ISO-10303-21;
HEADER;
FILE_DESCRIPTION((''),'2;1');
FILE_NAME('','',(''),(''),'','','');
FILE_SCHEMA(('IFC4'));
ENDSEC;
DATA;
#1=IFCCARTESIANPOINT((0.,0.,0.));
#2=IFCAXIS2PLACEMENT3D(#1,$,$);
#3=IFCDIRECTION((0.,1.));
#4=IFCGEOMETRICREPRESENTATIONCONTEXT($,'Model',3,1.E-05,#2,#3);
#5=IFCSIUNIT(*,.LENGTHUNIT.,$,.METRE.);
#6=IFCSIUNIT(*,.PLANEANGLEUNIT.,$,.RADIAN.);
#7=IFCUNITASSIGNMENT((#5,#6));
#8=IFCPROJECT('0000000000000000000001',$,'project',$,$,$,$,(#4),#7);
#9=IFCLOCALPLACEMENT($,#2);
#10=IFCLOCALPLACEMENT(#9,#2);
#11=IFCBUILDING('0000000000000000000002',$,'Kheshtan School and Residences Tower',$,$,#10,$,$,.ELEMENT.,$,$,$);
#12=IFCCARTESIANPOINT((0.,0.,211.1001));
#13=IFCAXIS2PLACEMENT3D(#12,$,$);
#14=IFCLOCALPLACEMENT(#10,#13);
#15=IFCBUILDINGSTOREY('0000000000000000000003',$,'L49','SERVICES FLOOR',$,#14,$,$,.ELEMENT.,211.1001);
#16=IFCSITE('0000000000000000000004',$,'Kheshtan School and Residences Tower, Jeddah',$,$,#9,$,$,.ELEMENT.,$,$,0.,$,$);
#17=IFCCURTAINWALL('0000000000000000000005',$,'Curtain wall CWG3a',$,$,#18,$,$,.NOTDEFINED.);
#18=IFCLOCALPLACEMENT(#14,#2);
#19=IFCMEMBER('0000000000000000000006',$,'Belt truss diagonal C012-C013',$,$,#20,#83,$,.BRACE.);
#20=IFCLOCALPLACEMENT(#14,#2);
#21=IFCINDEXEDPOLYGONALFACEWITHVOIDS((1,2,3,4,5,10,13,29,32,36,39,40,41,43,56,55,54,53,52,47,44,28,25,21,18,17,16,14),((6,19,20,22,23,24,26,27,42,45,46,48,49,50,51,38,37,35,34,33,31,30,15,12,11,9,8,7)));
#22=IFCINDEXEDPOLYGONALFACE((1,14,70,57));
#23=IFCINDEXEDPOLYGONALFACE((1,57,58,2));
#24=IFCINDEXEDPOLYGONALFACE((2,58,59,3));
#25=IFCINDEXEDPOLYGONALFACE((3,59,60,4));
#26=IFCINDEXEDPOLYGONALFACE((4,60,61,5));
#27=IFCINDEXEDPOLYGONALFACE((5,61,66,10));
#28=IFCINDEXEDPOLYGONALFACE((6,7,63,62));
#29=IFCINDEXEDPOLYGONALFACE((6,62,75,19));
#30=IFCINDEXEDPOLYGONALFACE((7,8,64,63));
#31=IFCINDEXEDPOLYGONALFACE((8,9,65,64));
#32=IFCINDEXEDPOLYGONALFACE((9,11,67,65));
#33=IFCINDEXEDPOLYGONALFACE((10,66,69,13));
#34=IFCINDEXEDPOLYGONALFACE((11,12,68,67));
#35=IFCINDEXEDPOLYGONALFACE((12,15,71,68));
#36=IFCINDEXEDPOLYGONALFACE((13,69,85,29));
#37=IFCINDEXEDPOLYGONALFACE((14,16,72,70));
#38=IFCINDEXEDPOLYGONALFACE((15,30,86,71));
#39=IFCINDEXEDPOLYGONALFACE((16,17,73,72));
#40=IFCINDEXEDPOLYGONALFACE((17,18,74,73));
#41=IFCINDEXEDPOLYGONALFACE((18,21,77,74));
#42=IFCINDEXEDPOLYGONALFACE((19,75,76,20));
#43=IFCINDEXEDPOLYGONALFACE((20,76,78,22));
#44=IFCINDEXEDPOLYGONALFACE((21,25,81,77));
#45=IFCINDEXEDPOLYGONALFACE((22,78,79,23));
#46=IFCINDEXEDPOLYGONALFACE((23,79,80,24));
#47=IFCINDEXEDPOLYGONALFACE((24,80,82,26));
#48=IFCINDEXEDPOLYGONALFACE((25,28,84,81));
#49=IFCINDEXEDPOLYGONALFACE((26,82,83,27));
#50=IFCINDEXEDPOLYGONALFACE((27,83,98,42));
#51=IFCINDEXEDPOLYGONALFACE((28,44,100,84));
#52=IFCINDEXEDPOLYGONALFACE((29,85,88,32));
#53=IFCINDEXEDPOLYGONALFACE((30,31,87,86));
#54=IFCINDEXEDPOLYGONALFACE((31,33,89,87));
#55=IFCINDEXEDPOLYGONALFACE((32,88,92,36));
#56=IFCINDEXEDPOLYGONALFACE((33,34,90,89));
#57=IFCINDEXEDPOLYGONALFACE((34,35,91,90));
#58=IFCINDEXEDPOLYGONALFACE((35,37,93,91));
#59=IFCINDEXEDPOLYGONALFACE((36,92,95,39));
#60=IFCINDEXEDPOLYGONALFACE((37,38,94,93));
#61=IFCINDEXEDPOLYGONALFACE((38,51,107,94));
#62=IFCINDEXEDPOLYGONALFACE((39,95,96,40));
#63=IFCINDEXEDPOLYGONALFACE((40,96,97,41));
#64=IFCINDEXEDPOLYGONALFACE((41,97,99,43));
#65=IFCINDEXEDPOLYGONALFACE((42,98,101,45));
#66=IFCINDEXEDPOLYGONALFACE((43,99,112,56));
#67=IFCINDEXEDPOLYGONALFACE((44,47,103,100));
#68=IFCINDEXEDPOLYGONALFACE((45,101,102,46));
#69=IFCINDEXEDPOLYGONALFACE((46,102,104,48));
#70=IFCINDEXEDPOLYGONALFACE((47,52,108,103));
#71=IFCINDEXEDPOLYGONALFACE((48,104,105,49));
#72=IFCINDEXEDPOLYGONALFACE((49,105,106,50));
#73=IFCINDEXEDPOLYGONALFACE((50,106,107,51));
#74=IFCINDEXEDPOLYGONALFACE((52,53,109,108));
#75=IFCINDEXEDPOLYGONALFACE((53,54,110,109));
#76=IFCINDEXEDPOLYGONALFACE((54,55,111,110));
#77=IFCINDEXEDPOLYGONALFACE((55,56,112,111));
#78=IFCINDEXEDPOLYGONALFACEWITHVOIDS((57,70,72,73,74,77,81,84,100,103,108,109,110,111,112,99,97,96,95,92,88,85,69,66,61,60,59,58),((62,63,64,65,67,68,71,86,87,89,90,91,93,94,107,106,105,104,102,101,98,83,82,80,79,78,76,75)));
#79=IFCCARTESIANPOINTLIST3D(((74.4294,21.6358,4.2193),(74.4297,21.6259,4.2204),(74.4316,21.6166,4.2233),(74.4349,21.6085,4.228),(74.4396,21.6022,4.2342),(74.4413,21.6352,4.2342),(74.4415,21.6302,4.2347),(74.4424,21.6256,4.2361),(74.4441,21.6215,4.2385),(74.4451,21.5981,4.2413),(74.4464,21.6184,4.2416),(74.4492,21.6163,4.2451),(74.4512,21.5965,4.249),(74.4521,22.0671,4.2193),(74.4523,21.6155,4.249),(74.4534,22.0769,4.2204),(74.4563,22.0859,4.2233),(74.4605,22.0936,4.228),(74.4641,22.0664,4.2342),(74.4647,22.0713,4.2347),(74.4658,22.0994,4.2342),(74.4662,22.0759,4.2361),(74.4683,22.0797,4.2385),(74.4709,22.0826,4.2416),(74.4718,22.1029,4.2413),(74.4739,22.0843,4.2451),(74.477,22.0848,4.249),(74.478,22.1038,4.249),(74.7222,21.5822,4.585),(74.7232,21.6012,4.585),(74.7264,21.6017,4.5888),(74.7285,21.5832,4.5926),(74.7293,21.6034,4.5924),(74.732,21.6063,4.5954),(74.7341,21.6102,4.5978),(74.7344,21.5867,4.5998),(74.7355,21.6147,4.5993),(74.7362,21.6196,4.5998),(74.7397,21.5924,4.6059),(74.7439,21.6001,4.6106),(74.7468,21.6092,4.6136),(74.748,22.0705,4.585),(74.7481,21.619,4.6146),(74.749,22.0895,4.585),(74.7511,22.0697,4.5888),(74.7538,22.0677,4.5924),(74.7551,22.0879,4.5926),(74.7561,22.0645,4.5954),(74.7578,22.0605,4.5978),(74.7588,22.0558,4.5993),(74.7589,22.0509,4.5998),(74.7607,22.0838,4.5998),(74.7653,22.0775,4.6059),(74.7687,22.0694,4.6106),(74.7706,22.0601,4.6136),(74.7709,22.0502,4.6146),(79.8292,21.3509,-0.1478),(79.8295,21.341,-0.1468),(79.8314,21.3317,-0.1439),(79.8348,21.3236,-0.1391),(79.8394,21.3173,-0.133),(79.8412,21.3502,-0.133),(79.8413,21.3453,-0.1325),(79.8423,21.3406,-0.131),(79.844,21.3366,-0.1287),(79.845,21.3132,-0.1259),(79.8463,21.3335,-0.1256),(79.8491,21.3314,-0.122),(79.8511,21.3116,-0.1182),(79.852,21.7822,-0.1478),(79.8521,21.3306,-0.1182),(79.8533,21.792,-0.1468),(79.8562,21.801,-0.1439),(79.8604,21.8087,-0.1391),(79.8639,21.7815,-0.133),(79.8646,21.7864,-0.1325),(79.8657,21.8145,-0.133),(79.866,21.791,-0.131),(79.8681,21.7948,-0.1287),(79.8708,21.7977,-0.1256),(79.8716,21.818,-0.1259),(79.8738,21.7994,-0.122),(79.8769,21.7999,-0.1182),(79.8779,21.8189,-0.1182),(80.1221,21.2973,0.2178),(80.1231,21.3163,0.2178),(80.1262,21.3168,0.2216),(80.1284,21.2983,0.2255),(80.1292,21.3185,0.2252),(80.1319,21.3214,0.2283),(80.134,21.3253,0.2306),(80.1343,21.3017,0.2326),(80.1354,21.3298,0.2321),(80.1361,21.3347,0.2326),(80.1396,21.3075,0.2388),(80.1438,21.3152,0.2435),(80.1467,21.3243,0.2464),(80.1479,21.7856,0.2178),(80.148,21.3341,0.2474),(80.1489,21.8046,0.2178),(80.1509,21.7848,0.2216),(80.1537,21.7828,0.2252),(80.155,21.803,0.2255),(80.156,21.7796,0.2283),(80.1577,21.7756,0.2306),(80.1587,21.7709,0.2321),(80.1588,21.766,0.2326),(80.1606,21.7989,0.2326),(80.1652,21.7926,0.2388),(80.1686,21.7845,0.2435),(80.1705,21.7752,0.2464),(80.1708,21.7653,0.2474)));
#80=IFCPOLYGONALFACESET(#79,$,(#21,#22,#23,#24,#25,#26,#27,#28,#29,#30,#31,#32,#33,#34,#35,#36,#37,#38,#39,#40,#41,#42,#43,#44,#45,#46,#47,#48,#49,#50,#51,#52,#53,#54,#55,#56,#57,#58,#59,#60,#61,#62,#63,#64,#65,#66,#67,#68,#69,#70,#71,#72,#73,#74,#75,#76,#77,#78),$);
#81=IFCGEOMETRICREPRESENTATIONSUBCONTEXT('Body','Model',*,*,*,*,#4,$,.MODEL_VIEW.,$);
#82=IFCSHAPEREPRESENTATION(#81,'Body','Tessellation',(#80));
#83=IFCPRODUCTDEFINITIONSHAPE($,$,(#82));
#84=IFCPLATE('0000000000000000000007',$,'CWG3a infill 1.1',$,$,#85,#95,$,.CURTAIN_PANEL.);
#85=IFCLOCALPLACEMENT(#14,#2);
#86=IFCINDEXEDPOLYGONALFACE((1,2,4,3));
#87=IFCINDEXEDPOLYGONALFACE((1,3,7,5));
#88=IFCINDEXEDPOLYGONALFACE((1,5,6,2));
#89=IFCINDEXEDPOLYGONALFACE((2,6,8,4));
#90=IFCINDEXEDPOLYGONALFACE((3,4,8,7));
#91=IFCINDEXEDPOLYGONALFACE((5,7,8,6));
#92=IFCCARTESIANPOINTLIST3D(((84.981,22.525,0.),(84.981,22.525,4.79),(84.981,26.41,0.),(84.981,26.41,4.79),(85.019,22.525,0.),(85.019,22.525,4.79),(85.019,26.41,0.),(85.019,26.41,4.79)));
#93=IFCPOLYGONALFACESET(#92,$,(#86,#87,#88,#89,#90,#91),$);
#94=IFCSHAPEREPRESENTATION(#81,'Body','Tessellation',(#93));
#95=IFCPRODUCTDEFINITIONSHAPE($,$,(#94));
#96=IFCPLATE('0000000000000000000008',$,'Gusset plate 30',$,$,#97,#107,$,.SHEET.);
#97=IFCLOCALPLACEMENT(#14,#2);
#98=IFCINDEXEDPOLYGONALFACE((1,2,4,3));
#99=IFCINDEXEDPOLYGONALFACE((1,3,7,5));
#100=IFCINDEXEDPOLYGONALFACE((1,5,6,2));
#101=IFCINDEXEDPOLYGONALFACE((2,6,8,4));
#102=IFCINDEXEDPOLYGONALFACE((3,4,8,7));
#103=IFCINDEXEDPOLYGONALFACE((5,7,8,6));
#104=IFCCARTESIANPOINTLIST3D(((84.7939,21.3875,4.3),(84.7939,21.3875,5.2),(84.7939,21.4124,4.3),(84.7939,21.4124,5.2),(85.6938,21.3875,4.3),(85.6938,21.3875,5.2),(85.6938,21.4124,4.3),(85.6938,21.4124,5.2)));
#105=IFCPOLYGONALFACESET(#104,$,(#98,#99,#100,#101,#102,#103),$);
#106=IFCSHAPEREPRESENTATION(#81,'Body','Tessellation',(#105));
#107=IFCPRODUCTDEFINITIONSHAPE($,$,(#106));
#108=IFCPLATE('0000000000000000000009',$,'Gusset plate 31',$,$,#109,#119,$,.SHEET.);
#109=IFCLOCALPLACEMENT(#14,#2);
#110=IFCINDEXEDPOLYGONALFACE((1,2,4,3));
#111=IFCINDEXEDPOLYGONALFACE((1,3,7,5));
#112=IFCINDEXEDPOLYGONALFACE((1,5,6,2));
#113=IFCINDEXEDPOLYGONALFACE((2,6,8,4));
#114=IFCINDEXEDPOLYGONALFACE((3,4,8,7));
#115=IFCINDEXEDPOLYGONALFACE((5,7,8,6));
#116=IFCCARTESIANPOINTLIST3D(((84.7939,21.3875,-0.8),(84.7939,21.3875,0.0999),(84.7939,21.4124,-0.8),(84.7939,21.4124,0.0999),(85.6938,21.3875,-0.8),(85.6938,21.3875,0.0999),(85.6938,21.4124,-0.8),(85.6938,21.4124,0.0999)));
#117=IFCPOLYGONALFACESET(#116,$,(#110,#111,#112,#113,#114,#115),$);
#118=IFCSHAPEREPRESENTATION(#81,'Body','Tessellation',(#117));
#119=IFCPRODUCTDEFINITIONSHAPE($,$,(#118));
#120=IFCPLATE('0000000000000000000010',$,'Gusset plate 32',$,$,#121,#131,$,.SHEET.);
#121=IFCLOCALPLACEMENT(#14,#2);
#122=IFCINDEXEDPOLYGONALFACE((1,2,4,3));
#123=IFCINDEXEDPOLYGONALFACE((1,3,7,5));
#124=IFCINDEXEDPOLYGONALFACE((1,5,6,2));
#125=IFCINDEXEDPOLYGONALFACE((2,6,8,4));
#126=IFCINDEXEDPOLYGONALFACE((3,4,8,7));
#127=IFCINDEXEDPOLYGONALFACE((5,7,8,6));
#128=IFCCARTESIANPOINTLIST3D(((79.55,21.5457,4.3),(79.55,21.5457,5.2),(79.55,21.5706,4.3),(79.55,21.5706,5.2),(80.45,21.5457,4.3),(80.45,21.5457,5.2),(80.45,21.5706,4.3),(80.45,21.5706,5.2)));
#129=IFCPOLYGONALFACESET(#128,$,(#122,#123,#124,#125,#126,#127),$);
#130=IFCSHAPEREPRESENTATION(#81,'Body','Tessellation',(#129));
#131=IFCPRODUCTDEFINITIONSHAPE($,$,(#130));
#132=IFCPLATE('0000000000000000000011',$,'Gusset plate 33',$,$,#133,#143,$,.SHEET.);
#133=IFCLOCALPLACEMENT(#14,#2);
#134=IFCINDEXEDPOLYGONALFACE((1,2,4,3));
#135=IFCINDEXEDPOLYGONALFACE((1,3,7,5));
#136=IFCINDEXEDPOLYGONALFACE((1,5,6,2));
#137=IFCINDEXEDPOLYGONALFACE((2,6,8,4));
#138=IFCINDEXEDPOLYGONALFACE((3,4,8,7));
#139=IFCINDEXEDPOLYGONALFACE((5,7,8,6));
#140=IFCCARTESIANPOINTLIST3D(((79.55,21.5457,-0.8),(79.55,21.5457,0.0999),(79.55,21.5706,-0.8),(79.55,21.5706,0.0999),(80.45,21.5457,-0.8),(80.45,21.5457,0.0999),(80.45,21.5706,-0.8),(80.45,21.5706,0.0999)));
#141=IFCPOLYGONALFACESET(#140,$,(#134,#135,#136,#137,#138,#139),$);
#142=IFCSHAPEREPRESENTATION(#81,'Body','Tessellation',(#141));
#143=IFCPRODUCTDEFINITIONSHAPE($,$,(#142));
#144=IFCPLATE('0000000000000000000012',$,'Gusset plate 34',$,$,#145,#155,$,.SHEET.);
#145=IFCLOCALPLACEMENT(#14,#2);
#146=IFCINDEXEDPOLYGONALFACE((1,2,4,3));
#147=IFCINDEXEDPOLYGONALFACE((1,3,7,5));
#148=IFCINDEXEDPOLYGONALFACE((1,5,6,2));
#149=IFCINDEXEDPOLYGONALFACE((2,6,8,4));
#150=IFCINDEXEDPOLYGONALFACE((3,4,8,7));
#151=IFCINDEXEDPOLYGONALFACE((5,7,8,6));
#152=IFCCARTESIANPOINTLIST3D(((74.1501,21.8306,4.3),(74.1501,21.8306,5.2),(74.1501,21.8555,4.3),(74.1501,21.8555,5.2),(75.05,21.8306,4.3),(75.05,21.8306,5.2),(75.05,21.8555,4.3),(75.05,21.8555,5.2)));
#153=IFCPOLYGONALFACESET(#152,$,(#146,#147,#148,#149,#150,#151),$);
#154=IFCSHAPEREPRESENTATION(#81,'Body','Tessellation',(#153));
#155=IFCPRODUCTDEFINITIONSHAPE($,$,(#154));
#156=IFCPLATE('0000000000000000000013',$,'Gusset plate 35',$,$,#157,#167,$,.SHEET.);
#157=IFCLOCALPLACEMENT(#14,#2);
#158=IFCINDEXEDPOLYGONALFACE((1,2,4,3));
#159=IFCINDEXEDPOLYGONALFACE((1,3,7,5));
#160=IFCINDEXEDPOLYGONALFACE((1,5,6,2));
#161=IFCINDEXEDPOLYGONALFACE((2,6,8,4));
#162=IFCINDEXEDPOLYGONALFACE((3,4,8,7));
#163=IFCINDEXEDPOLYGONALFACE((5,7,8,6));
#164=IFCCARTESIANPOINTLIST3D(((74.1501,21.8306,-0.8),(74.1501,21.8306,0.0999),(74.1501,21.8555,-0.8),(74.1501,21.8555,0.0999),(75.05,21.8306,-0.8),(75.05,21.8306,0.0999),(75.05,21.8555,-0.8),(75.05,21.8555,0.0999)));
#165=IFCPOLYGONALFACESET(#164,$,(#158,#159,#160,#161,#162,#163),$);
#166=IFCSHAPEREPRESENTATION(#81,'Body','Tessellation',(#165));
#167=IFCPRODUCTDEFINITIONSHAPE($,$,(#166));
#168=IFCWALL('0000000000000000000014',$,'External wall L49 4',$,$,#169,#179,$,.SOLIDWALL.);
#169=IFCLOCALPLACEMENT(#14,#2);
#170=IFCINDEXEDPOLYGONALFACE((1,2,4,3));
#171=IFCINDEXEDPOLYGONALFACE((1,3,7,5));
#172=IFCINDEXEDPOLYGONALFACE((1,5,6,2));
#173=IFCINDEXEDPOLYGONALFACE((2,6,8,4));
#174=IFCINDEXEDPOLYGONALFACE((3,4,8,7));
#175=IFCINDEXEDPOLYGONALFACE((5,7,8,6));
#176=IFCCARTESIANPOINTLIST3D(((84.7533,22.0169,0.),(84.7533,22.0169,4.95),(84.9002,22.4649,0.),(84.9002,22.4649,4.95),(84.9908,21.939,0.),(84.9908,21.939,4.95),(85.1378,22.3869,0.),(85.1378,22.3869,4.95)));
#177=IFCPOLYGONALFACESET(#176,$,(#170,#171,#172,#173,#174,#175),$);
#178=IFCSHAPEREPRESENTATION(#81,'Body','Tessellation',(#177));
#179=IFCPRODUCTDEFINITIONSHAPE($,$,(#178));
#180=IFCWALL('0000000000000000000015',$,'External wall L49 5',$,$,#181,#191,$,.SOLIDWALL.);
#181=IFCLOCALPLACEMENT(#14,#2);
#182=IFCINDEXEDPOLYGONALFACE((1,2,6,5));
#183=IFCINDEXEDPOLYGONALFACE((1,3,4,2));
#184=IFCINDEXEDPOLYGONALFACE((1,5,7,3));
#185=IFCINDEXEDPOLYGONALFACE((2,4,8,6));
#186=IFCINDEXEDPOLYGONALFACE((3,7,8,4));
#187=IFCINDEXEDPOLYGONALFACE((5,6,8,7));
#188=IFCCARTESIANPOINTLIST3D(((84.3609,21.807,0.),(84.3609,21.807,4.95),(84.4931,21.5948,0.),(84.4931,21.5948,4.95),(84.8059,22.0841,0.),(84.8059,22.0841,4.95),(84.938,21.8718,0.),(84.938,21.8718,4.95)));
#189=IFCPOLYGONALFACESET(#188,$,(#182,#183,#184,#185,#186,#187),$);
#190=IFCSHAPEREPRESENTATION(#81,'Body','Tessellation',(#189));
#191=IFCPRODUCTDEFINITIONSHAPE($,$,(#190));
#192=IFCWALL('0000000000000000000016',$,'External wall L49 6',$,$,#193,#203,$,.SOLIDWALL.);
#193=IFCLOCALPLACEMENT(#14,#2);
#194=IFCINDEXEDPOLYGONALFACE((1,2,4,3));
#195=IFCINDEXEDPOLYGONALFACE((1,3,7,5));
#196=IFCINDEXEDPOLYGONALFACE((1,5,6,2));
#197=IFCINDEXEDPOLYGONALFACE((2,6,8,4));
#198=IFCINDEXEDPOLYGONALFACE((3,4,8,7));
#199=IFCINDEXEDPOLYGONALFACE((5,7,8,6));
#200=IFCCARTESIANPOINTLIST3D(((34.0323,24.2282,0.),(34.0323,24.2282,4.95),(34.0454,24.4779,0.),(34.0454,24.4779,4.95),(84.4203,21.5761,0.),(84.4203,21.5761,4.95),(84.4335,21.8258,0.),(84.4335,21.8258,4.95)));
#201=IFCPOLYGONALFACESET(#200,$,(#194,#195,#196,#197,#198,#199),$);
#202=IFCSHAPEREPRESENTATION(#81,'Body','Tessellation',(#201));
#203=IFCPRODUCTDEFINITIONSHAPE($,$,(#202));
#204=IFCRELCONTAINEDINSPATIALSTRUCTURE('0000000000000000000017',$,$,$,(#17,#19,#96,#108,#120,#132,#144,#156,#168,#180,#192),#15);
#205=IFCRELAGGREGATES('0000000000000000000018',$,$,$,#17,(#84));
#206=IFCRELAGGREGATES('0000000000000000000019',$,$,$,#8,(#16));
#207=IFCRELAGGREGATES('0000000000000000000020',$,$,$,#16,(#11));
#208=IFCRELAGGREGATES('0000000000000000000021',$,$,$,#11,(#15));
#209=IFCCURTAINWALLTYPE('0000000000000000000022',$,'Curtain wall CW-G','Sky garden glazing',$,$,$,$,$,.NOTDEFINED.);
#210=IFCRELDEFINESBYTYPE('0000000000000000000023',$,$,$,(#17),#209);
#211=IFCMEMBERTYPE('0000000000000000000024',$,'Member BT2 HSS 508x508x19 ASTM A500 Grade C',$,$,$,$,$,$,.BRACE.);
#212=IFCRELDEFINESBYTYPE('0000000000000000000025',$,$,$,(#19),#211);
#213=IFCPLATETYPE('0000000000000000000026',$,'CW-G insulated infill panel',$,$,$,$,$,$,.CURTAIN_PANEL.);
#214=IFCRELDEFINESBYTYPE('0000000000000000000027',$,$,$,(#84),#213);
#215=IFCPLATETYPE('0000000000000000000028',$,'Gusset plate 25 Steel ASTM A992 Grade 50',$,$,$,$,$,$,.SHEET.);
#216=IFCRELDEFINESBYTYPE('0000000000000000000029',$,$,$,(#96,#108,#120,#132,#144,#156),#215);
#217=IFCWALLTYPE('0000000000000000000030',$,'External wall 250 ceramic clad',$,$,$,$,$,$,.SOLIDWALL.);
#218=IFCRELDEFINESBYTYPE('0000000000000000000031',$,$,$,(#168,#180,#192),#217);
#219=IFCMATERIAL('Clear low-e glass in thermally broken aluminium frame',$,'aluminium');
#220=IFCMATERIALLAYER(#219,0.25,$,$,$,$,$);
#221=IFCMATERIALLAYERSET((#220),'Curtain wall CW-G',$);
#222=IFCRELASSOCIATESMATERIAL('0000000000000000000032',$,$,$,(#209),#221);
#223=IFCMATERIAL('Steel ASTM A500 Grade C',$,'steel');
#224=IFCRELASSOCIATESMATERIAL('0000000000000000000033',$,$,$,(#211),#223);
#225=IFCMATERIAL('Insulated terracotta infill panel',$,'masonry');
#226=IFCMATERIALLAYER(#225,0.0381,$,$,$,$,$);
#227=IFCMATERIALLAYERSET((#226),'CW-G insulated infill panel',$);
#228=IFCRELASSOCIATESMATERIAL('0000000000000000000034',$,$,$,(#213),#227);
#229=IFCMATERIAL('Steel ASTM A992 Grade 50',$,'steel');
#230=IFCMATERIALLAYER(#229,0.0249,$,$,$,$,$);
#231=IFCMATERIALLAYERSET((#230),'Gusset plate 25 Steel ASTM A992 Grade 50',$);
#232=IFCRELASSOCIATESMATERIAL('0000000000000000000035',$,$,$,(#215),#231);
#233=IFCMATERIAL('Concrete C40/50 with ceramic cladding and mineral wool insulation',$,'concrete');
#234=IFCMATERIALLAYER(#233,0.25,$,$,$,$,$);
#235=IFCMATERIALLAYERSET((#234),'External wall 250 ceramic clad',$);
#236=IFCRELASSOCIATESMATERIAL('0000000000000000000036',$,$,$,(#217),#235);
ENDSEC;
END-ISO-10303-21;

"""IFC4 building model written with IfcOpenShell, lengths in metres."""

from ifc_helpers import new_model, si_unit, direction, frame, frame_2d, origin, origin_2d, place, context, subcontext, project, spatial, rectangle, hollow_rectangle, extrude, material, layer, layer_set, material_profile, profile_set, type_object, element, aggregate, save


model = new_model("IFC4")

# Units and contexts
model_context = context("Model", 3, precision=1e-05, world=origin(), true_north=direction((0.0, 1.0)))
body_context = subcontext(model_context, "Body", "Model", "MODEL_VIEW")
ifc_project = project(units=[si_unit("LENGTHUNIT", "METRE"), si_unit("PLANEANGLEUNIT", "RADIAN")], contexts=[model_context])

# Site, building, storey
site_placement = place(None, origin())
site = spatial("IfcSite", under=ifc_project, at=site_placement, Name="Kheshtan School and Residences Tower, Jeddah", CompositionType="ELEMENT", RefElevation=0.0)
building_placement = place(site_placement, origin())
building = spatial("IfcBuilding", under=site, at=building_placement, Name="Kheshtan School and Residences Tower", CompositionType="ELEMENT")
storey_placement = place(building_placement, frame((0.0, 0.0, 211.1001)))
storey = spatial("IfcBuildingStorey", under=building, at=storey_placement, Name="L49", Description="SERVICES FLOOR", CompositionType="ELEMENT", Elevation=211.1001)

# Shared definitions
ifc_material_1 = material(Name="Steel ASTM A992 Grade 50", Category="steel")

# Curtain wall
ifc_material_2 = material(Name="Clear low-e glass in thermally broken aluminium frame", Category="aluminium")
ifc_layer_1 = layer(ifc_material_2, 0.25)
ifc_layer_set_1 = layer_set([ifc_layer_1], Name="Curtain wall CW-G")
curtain_wall_type = type_object("IfcCurtainWallType", Name="Curtain wall CW-G", Description="Sky garden glazing", PredefinedType="NOTDEFINED", material=ifc_layer_set_1)
curtain_wall_placement = place(storey_placement, origin())
curtain_wall = element("IfcCurtainWall", 1, at=curtain_wall_placement, inside=storey, type_object=curtain_wall_type, Name="Curtain wall CWG3a", PredefinedType="NOTDEFINED")

# Member
ifc_material_3 = material(Name="Steel ASTM A500 Grade C", Category="steel")
ifc_material_profile_1 = material_profile(ifc_material_3, hollow_rectangle(XDim=0.5081, YDim=0.5081, WallThickness=0.019, InnerFilletRadius=0.019, OuterFilletRadius=0.0381, at=origin_2d()), Name="HSS 508x508x19")
ifc_profile_set_1 = profile_set([ifc_material_profile_1], Name="Steel ASTM A500 Grade C")
member_type_1 = type_object("IfcMemberType", Name="Member BT2 HSS 508x508x19 ASTM A500 Grade C", PredefinedType="BRACE", material=ifc_profile_set_1)
member_1_placement = place(storey_placement, frame((80.0, 21.5581, 0.0498), z_axis=(-0.776884, 0.04099, 0.628308), x_axis=(-0.052689, -0.998611, 0.0)))
element("IfcMember", 2, at=member_1_placement, inside=storey, type_object=member_type_1, Name="Belt truss diagonal C012-C013", PredefinedType="BRACE", context=body_context, shape_type="SweptSolid", body=[
    extrude(hollow_rectangle(XDim=0.5081, YDim=0.5081, WallThickness=0.019, InnerFilletRadius=0.019, OuterFilletRadius=0.0381, at=origin_2d()), origin(), (0.0, 0.0, 1.0), 6.9507),
])

# Plate
ifc_material_4 = material(Name="Insulated terracotta infill panel", Category="masonry")
ifc_layer_2 = layer(ifc_material_4, 0.0381)
ifc_layer_set_2 = layer_set([ifc_layer_2], Name="CW-G insulated infill panel")
plate_type_1 = type_object("IfcPlateType", Name="CW-G insulated infill panel", PredefinedType="CURTAIN_PANEL", material=ifc_layer_set_2)
plate_placement = place(storey_placement, frame((85.0, 24.4675, 0.0), z_axis=(0.0, 0.0, 1.0), x_axis=(0.0, -1.0, 0.0)))
plate = element("IfcPlate", 3, at=plate_placement, type_object=plate_type_1, Name="CWG3a infill 1.1", PredefinedType="CURTAIN_PANEL", context=body_context, shape_type="SweptSolid", body=[
    extrude(rectangle(XDim=3.885, YDim=0.0381, at=origin_2d()), origin(), (0.0, 0.0, 1.0), 4.79),
])
aggregate(curtain_wall, [plate])

# Plates
ifc_layer_3 = layer(ifc_material_1, 0.0249)
ifc_layer_set_3 = layer_set([ifc_layer_3], Name="Gusset plate 25 Steel ASTM A992 Grade 50")
plate_type_2 = type_object("IfcPlateType", Name="Gusset plate 25 Steel ASTM A992 Grade 50", PredefinedType="SHEET", material=ifc_layer_set_3)
for number, where, z_axis, x_axis, name in (
    (4, (85.2439, 21.3999, 4.3), (0.0, 0.0, 1.0), (1.0, 0.0, 0.0), "Gusset plate 30"),
    (5, (85.2439, 21.3999, -0.8), (0.0, 0.0, 1.0), (1.0, 0.0, 0.0), "Gusset plate 31"),
    (6, (80.0, 21.5581, 4.3), (0.0, 0.0, 1.0), (1.0, 0.0, 0.0), "Gusset plate 32"),
    (7, (80.0, 21.5581, -0.8), (0.0, 0.0, 1.0), (1.0, 0.0, 0.0), "Gusset plate 33"),
    (8, (74.6001, 21.843, 4.3), (0.0, 0.0, 1.0), (1.0, 0.0, 0.0), "Gusset plate 34"),
    (9, (74.6001, 21.843, -0.8), (0.0, 0.0, 1.0), (1.0, 0.0, 0.0), "Gusset plate 35"),
):
    element("IfcPlate", number, at=place(storey_placement, frame(where, z_axis=z_axis, x_axis=x_axis)), inside=storey, type_object=plate_type_2, Name=name, PredefinedType="SHEET", context=body_context, shape_type="SweptSolid", body=[
        extrude(rectangle(XDim=0.8999, YDim=0.0249, at=origin_2d()), origin(), (0.0, 0.0, 1.0), 0.8999),
    ])

# Walls
ifc_material_5 = material(Name="Concrete C40/50 with ceramic cladding and mineral wool insulation", Category="concrete")
ifc_layer_4 = layer(ifc_material_5, 0.25)
ifc_layer_set_4 = layer_set([ifc_layer_4], Name="External wall 250 ceramic clad")
wall_type_1 = type_object("IfcWallType", Name="External wall 250 ceramic clad", PredefinedType="SOLIDWALL", material=ifc_layer_set_4)
wall_1_placement = place(storey_placement, frame((85.019, 22.426, 0.0), z_axis=(0.0, 0.0, 1.0), x_axis=(-0.311719, -0.950174, 0.0)))
element("IfcWall", 10, at=wall_1_placement, inside=storey, type_object=wall_type_1, Name="External wall L49 4", PredefinedType="SOLIDWALL", context=body_context, shape_type="SweptSolid", body=[
    extrude(rectangle(XDim=0.4714, YDim=0.25, at=frame_2d((0.2358, 0.0))), origin(), (0.0, 0.0, 1.0), 4.95),
])
wall_2_placement = place(storey_placement, frame((84.8721, 21.978, 0.0), z_axis=(0.0, 0.0, 1.0), x_axis=(-0.848913, -0.528533, 0.0)))
element("IfcWall", 11, at=wall_2_placement, inside=storey, type_object=wall_type_1, Name="External wall L49 5", PredefinedType="SOLIDWALL", context=body_context, shape_type="SweptSolid", body=[
    extrude(rectangle(XDim=0.5242, YDim=0.25, at=frame_2d((0.2622, 0.0))), origin(), (0.0, 0.0, 1.0), 4.95),
])
wall_3_placement = place(storey_placement, frame((84.427, 21.7009, 0.0), z_axis=(0.0, 0.0, 1.0), x_axis=(-0.998618, 0.052561, 0.0)))
element("IfcWall", 12, at=wall_3_placement, inside=storey, type_object=wall_type_1, Name="External wall L49 6", PredefinedType="SOLIDWALL", context=body_context, shape_type="SweptSolid", body=[
    extrude(rectangle(XDim=50.4578, YDim=0.25, at=frame_2d((25.229, 0.0))), origin(), (0.0, 0.0, 1.0), 4.95),
])

save(model, "model.ifc")
